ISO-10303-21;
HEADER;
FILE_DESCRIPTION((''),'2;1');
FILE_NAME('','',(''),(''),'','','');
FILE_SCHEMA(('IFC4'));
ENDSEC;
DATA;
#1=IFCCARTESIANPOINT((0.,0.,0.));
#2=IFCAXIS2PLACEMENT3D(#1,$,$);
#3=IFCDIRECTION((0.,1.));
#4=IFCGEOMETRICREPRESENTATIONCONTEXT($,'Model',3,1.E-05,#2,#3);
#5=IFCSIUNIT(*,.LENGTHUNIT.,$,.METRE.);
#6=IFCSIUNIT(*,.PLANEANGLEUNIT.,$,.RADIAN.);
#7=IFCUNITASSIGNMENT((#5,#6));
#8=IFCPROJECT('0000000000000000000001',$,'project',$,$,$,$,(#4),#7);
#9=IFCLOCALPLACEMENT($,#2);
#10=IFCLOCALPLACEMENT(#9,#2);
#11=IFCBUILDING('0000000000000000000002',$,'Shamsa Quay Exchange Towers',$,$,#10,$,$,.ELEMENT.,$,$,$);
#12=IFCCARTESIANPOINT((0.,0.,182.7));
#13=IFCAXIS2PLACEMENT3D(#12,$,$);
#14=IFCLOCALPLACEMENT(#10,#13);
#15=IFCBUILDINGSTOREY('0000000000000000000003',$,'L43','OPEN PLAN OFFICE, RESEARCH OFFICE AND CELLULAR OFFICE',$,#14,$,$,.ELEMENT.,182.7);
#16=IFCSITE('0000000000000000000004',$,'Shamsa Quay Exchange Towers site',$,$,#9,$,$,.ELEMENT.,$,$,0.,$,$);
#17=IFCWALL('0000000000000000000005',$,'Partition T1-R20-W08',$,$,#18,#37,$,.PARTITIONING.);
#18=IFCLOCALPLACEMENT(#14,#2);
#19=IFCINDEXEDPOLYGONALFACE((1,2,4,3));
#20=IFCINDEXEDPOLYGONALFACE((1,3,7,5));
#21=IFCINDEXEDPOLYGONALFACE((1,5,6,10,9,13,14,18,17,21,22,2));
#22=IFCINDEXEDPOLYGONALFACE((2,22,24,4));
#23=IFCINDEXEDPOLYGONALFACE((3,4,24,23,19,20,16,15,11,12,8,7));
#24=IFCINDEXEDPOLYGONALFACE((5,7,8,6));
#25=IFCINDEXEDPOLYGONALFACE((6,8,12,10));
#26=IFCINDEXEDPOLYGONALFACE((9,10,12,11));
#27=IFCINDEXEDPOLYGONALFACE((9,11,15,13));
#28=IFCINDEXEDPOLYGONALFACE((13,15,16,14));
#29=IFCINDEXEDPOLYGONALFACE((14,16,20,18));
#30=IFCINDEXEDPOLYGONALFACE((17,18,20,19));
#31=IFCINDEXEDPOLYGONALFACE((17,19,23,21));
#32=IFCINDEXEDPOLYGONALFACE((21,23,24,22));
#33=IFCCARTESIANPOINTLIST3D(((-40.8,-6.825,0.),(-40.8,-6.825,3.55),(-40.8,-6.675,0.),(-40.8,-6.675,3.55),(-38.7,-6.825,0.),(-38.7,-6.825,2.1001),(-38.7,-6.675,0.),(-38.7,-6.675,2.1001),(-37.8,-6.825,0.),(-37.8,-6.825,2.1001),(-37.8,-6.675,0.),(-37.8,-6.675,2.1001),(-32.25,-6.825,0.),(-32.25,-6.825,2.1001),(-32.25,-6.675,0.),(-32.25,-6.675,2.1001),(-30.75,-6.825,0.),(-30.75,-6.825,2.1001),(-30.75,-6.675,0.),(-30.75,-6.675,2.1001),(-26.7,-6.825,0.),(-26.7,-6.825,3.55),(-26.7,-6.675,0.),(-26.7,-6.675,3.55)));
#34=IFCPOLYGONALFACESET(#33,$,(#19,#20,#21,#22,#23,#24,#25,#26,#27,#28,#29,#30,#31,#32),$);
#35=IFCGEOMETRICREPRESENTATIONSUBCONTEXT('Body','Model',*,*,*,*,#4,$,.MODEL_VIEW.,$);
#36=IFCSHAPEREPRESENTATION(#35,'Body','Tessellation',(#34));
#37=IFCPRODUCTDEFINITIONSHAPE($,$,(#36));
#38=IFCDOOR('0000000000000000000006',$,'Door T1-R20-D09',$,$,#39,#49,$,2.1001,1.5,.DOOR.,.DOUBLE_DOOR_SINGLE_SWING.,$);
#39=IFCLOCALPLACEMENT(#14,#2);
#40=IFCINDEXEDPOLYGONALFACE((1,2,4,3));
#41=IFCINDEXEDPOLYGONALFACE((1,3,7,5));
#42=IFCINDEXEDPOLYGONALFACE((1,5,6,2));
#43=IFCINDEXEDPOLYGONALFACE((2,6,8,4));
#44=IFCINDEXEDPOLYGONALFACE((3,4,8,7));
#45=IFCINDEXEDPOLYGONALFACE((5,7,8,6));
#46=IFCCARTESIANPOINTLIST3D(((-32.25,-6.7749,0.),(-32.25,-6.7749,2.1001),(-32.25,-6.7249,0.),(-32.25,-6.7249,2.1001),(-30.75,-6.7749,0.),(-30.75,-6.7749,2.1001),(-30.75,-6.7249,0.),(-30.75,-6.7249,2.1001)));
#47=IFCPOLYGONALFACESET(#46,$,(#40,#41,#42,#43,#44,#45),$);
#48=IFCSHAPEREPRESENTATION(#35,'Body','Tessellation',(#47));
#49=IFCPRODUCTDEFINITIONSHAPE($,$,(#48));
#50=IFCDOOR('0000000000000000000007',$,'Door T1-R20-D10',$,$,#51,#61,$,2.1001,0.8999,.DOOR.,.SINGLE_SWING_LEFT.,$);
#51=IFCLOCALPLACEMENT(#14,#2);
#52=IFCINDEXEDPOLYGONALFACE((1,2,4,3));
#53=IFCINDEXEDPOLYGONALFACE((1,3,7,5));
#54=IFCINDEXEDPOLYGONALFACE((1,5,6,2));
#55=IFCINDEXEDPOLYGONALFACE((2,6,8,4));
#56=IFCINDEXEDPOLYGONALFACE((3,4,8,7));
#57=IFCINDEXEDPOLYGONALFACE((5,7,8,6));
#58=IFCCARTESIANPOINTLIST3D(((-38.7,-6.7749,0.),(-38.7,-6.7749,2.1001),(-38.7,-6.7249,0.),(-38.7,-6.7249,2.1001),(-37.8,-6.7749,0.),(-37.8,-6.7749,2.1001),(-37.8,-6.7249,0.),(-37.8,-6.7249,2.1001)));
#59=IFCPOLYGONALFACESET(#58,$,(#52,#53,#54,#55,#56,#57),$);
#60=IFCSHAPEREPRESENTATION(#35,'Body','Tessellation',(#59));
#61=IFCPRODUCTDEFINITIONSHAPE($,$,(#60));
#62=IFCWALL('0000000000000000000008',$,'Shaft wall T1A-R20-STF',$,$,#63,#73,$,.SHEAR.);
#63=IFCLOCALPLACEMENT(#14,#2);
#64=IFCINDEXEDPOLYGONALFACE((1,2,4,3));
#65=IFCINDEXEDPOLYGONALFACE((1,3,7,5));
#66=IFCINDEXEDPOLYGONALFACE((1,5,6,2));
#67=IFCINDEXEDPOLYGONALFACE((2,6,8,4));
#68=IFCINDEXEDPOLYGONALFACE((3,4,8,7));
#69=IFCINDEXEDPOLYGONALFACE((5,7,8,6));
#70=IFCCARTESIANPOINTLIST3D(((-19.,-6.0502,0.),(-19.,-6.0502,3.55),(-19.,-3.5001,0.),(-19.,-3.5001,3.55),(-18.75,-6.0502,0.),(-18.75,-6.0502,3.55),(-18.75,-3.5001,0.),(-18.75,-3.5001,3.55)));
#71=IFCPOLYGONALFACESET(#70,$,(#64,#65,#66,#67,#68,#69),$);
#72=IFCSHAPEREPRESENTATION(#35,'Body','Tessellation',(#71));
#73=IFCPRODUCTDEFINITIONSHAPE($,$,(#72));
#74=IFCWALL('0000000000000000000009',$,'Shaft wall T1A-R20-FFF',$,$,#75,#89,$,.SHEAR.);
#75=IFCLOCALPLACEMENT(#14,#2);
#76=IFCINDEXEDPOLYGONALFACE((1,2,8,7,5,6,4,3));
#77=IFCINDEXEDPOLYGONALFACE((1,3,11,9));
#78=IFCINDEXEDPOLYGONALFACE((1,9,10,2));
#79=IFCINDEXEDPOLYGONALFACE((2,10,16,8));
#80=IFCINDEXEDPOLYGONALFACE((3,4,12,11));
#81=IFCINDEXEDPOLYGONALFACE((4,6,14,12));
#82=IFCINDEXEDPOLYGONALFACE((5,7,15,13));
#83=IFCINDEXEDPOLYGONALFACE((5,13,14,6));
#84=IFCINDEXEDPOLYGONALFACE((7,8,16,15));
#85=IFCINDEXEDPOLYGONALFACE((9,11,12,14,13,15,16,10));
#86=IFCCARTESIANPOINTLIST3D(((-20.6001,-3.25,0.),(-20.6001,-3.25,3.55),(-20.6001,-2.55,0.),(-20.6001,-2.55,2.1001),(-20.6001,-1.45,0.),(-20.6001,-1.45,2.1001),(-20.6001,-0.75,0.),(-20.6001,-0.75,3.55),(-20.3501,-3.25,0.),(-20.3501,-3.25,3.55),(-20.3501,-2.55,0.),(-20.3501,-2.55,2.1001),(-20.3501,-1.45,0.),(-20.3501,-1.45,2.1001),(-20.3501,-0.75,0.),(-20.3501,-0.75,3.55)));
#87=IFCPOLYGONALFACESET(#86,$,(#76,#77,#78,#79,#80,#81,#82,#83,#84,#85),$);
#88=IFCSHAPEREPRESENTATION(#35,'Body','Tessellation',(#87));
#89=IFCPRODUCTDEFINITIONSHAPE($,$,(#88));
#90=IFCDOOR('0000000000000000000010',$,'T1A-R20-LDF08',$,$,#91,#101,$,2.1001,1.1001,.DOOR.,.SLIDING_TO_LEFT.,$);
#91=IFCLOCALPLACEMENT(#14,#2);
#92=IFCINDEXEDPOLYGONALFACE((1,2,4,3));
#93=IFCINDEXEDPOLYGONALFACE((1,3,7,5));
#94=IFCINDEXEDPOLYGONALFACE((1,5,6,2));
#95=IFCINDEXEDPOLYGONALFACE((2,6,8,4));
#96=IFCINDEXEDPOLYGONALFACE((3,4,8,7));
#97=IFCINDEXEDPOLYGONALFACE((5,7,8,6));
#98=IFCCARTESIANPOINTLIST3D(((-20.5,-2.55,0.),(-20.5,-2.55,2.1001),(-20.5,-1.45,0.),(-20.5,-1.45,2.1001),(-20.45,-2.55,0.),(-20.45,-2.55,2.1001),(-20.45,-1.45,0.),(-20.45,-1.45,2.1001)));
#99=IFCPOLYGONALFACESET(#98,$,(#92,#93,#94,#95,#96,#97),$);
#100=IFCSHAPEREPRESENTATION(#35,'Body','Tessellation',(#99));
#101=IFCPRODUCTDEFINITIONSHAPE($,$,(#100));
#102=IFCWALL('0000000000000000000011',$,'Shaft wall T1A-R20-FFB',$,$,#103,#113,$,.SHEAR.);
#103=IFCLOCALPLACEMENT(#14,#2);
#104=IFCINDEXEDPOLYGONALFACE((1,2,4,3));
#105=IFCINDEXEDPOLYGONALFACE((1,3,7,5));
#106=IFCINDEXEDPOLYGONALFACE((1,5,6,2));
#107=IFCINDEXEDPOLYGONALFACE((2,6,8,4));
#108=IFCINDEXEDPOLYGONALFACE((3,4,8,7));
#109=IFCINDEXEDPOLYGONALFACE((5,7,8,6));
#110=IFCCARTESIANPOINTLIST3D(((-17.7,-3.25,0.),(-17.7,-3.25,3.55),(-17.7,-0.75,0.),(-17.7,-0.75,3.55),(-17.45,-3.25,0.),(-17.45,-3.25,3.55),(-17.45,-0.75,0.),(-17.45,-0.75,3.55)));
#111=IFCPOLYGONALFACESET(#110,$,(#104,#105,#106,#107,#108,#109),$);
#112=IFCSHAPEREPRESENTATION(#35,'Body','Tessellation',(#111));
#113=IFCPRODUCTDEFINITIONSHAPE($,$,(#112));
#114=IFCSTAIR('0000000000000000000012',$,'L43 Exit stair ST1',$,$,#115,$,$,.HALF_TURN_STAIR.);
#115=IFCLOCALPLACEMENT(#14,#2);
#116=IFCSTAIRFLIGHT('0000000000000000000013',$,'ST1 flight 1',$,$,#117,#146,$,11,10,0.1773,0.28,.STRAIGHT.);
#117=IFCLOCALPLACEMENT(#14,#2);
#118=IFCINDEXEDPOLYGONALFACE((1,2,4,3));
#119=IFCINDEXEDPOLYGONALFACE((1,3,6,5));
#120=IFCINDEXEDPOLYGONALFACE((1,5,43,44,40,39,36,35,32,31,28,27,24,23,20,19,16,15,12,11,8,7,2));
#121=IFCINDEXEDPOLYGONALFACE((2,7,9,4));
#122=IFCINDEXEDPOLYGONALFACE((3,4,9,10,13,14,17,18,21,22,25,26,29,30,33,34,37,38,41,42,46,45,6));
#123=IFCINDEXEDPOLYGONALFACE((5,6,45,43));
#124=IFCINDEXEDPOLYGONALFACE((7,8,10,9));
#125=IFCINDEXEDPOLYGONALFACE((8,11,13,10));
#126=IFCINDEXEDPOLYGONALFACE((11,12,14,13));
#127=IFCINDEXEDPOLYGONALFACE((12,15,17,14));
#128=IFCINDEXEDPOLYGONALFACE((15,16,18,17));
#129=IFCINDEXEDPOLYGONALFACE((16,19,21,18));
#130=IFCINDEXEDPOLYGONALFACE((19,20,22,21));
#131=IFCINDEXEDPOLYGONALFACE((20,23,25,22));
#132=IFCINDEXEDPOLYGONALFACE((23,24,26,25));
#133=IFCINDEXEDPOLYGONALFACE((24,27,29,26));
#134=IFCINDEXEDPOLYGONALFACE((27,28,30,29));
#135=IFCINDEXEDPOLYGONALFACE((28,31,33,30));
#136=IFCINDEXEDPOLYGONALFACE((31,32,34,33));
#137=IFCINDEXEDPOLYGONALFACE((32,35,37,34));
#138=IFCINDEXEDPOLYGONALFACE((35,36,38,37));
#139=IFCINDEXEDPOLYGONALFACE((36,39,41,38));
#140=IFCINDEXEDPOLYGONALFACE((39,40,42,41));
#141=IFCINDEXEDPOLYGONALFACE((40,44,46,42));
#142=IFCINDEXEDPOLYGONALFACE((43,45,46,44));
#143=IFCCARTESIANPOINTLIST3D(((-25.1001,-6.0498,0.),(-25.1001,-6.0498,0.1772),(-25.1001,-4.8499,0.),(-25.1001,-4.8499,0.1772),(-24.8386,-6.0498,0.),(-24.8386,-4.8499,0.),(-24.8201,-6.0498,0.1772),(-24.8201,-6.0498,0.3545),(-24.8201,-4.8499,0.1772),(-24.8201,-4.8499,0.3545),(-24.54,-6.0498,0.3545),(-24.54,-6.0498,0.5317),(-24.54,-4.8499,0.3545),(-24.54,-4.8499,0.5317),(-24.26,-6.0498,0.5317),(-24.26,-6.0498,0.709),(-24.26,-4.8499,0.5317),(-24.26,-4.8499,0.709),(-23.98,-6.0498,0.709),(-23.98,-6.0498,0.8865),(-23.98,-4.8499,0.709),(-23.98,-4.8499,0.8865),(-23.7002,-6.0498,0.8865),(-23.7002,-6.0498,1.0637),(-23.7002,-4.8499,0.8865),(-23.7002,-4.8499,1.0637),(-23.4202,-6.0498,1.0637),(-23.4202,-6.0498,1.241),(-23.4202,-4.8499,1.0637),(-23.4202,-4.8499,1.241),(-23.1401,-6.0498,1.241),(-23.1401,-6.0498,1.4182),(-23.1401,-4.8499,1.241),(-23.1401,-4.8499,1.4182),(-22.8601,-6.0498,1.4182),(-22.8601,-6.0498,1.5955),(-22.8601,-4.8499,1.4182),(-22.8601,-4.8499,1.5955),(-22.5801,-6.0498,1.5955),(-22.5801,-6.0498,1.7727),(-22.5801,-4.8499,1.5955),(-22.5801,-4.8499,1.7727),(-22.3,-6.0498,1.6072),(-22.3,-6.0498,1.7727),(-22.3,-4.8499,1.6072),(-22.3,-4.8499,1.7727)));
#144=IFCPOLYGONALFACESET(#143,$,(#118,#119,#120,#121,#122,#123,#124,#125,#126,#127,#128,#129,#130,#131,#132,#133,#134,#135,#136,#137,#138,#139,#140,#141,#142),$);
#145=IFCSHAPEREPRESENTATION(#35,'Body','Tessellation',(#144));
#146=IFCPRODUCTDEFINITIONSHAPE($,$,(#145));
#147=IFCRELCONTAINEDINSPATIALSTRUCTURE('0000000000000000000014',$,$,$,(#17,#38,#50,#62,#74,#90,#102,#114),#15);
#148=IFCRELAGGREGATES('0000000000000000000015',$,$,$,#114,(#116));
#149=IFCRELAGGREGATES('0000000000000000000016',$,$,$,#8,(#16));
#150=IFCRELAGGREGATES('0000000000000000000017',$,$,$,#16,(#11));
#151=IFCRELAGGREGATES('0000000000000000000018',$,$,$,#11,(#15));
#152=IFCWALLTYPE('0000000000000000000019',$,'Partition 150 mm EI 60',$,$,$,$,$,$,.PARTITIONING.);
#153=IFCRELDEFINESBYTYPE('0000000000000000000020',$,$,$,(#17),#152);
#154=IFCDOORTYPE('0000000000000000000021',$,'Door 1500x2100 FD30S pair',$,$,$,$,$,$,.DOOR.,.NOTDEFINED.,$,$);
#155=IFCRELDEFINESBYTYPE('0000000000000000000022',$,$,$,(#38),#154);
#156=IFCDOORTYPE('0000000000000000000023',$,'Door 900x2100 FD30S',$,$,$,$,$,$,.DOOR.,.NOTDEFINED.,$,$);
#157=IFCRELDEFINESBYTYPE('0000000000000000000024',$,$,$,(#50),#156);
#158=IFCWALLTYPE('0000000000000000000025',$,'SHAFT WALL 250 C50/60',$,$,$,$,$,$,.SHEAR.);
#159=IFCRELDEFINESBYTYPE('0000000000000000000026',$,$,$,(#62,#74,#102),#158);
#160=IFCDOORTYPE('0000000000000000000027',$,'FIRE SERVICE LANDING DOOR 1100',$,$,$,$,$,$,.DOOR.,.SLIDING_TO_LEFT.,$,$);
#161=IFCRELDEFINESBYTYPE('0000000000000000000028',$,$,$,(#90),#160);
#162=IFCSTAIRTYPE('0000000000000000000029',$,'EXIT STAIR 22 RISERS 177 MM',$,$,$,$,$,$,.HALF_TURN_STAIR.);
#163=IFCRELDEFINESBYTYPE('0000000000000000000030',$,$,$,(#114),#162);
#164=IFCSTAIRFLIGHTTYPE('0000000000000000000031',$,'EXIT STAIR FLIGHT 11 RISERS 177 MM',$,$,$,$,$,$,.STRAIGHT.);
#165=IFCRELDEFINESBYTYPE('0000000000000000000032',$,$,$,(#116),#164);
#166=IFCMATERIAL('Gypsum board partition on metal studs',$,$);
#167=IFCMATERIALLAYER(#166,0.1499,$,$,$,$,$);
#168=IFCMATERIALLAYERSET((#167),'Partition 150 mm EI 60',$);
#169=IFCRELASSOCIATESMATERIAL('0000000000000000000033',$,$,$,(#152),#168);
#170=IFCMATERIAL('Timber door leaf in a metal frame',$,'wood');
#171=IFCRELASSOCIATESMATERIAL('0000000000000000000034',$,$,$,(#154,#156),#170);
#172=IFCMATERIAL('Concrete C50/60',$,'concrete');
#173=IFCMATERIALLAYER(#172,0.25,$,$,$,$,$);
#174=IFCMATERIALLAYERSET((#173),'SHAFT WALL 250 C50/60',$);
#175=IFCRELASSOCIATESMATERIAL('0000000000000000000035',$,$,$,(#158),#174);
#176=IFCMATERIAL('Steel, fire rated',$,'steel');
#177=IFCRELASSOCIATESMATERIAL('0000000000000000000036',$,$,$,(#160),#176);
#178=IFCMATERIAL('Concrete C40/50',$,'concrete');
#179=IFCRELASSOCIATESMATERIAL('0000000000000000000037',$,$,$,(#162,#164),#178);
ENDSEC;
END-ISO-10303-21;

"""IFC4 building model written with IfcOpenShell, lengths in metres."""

from ifc_helpers import new_model, si_unit, direction, frame, frame_2d, origin, place, context, subcontext, project, spatial, polyline, rectangle, outline, extrude, material, layer, layer_set, type_object, element, fill, aggregate, save


model = new_model("IFC4")

# Units and contexts
model_context = context("Model", 3, precision=1e-05, world=origin(), true_north=direction((0.0, 1.0)))
body_context = subcontext(model_context, "Body", "Model", "MODEL_VIEW")
ifc_project = project(units=[si_unit("LENGTHUNIT", "METRE"), si_unit("PLANEANGLEUNIT", "RADIAN")], contexts=[model_context])

# Site, building, storey
site_placement = place(None, origin())
site = spatial("IfcSite", under=ifc_project, at=site_placement, Name="Shamsa Quay Exchange Towers site", CompositionType="ELEMENT", RefElevation=0.0)
building_placement = place(site_placement, origin())
building = spatial("IfcBuilding", under=site, at=building_placement, Name="Shamsa Quay Exchange Towers", CompositionType="ELEMENT")
storey_placement = place(building_placement, frame((0.0, 0.0, 182.7)))
storey = spatial("IfcBuildingStorey", under=building, at=storey_placement, Name="L43", Description="OPEN PLAN OFFICE, RESEARCH OFFICE AND CELLULAR OFFICE", CompositionType="ELEMENT", Elevation=182.7)

# Wall, openings, doors
ifc_material_1 = material(Name="Gypsum board partition on metal studs")
ifc_layer_1 = layer(ifc_material_1, 0.1499)
ifc_layer_set_1 = layer_set([ifc_layer_1], Name="Partition 150 mm EI 60")
wall_type_1 = type_object("IfcWallType", Name="Partition 150 mm EI 60", PredefinedType="PARTITIONING", material=ifc_layer_set_1)
wall_1_placement = place(storey_placement, frame((-26.7, -6.75, 0.0), z_axis=(0.0, 0.0, 1.0), x_axis=(-1.0, 0.0, 0.0)))
wall_1 = element("IfcWall", 1, at=wall_1_placement, inside=storey, type_object=wall_type_1, Name="Partition T1-R20-W08", PredefinedType="PARTITIONING", context=body_context, shape_type="SweptSolid", body=[
    extrude(rectangle(XDim=14.1001, YDim=0.1499, at=frame_2d((7.05, 0.0))), origin(), (0.0, 0.0, 1.0), 3.55),
])
opening_1_placement = place(wall_1_placement, frame((4.05, 0.0, 0.0)))
opening_1 = element("IfcOpeningElement", 2, at=opening_1_placement, cuts=wall_1, PredefinedType="OPENING", context=body_context, shape_type="SweptSolid", body=[
    extrude(rectangle(XDim=1.5, YDim=2.1001, at=frame_2d((0.75, 1.05))), frame((0.0, 0.085, 0.0), z_axis=(0.0, -1.0, 0.0), x_axis=(1.0, 0.0, 0.0)), (0.0, 0.0, 1.0), 0.1699),
])
opening_2_placement = place(wall_1_placement, frame((11.1001, 0.0, 0.0)))
opening_2 = element("IfcOpeningElement", 3, at=opening_2_placement, cuts=wall_1, PredefinedType="OPENING", context=body_context, shape_type="SweptSolid", body=[
    extrude(rectangle(XDim=0.8999, YDim=2.1001, at=frame_2d((0.45, 1.05))), frame((0.0, 0.085, 0.0), z_axis=(0.0, -1.0, 0.0), x_axis=(1.0, 0.0, 0.0)), (0.0, 0.0, 1.0), 0.1699),
])
ifc_material_2 = material(Name="Timber door leaf in a metal frame", Category="wood")
door_type_1 = type_object("IfcDoorType", Name="Door 1500x2100 FD30S pair", OperationType="NOTDEFINED", PredefinedType="DOOR", material=ifc_material_2)
door_1_placement = place(opening_1_placement, origin())
door_1 = element("IfcDoor", 4, at=door_1_placement, inside=storey, type_object=door_type_1, Name="Door T1-R20-D09", OperationType="DOUBLE_DOOR_SINGLE_SWING", OverallHeight=2.1001, OverallWidth=1.5, PredefinedType="DOOR", context=body_context, shape_type="SweptSolid", body=[
    extrude(rectangle(XDim=1.5, YDim=2.1001, at=frame_2d((0.75, 1.05))), frame((0.0, 0.0249, 0.0), z_axis=(0.0, -1.0, 0.0), x_axis=(1.0, 0.0, 0.0)), (0.0, 0.0, 1.0), 0.05),
])
fill(opening_1, door_1)
door_type_2 = type_object("IfcDoorType", Name="Door 900x2100 FD30S", OperationType="NOTDEFINED", PredefinedType="DOOR", material=ifc_material_2)
door_2_placement = place(opening_2_placement, origin())
door_2 = element("IfcDoor", 5, at=door_2_placement, inside=storey, type_object=door_type_2, Name="Door T1-R20-D10", OperationType="SINGLE_SWING_LEFT", OverallHeight=2.1001, OverallWidth=0.8999, PredefinedType="DOOR", context=body_context, shape_type="SweptSolid", body=[
    extrude(rectangle(XDim=0.8999, YDim=2.1001, at=frame_2d((0.45, 1.05))), frame((0.0, 0.0249, 0.0), z_axis=(0.0, -1.0, 0.0), x_axis=(1.0, 0.0, 0.0)), (0.0, 0.0, 1.0), 0.05),
])
fill(opening_2, door_2)

# Wall
ifc_material_3 = material(Name="Concrete C50/60", Category="concrete")
ifc_layer_2 = layer(ifc_material_3, 0.25)
ifc_layer_set_2 = layer_set([ifc_layer_2], Name="SHAFT WALL 250 C50/60")
wall_type_2 = type_object("IfcWallType", Name="SHAFT WALL 250 C50/60", PredefinedType="SHEAR", material=ifc_layer_set_2)
wall_2_placement = place(storey_placement, frame((-18.875, -6.05, 0.0), z_axis=(0.0, 0.0, 1.0), x_axis=(0.0, 1.0, 0.0)))
element("IfcWall", 6, at=wall_2_placement, inside=storey, type_object=wall_type_2, Name="Shaft wall T1A-R20-STF", PredefinedType="SHEAR", context=body_context, shape_type="SweptSolid", body=[
    extrude(rectangle(XDim=2.55, YDim=0.25, at=frame_2d((1.2749, 0.0))), origin(), (0.0, 0.0, 1.0), 3.55),
])

# Wall, opening, door
wall_3_placement = place(storey_placement, frame((-20.4751, -3.25, 0.0), z_axis=(0.0, 0.0, 1.0), x_axis=(0.0, 1.0, 0.0)))
wall_3 = element("IfcWall", 7, at=wall_3_placement, inside=storey, type_object=wall_type_2, Name="Shaft wall T1A-R20-FFF", PredefinedType="SHEAR", context=body_context, shape_type="SweptSolid", body=[
    extrude(rectangle(XDim=2.5, YDim=0.25, at=frame_2d((1.25, 0.0))), origin(), (0.0, 0.0, 1.0), 3.55),
])
opening_3_placement = place(wall_3_placement, frame((0.7, 0.0, 0.0)))
opening_3 = element("IfcOpeningElement", 8, at=opening_3_placement, cuts=wall_3, PredefinedType="OPENING", context=body_context, shape_type="SweptSolid", body=[
    extrude(rectangle(XDim=1.1001, YDim=2.1001, at=frame_2d((0.55, 1.05))), frame((0.0, 0.135, 0.0), z_axis=(0.0, -1.0, 0.0), x_axis=(1.0, 0.0, 0.0)), (0.0, 0.0, 1.0), 0.27),
])
ifc_material_4 = material(Name="Steel, fire rated", Category="steel")
door_type_3 = type_object("IfcDoorType", Name="FIRE SERVICE LANDING DOOR 1100", OperationType="SLIDING_TO_LEFT", PredefinedType="DOOR", material=ifc_material_4)
door_3_placement = place(opening_3_placement, origin())
door_3 = element("IfcDoor", 9, at=door_3_placement, inside=storey, type_object=door_type_3, Name="T1A-R20-LDF08", OperationType="SLIDING_TO_LEFT", OverallHeight=2.1001, OverallWidth=1.1001, PredefinedType="DOOR", context=body_context, shape_type="SweptSolid", body=[
    extrude(rectangle(XDim=1.1001, YDim=2.1001, at=frame_2d((0.55, 1.05))), frame((0.0, 0.0249, 0.0), z_axis=(0.0, -1.0, 0.0), x_axis=(1.0, 0.0, 0.0)), (0.0, 0.0, 1.0), 0.05),
])
fill(opening_3, door_3)

# Wall
wall_4_placement = place(storey_placement, frame((-17.575, -3.25, 0.0), z_axis=(0.0, 0.0, 1.0), x_axis=(0.0, 1.0, 0.0)))
element("IfcWall", 10, at=wall_4_placement, inside=storey, type_object=wall_type_2, Name="Shaft wall T1A-R20-FFB", PredefinedType="SHEAR", context=body_context, shape_type="SweptSolid", body=[
    extrude(rectangle(XDim=2.5, YDim=0.25, at=frame_2d((1.25, 0.0))), origin(), (0.0, 0.0, 1.0), 3.55),
])

# Stair, stair flight
ifc_material_5 = material(Name="Concrete C40/50", Category="concrete")
stair_type = type_object("IfcStairType", Name="EXIT STAIR 22 RISERS 177 MM", PredefinedType="HALF_TURN_STAIR", material=ifc_material_5)
stair_placement = place(storey_placement, origin())
stair = element("IfcStair", 11, at=stair_placement, inside=storey, type_object=stair_type, Name="L43 Exit stair ST1", PredefinedType="HALF_TURN_STAIR")
stair_flight_type = type_object("IfcStairFlightType", Name="EXIT STAIR FLIGHT 11 RISERS 177 MM", PredefinedType="STRAIGHT", material=ifc_material_5)
stair_flight_1_placement = place(storey_placement, frame((-25.1001, -5.45, 0.0)))
stair_flight_1 = element("IfcStairFlight", 12, at=stair_flight_1_placement, type_object=stair_flight_type, Name="ST1 flight 1", NumberOfRisers=11, NumberOfTreads=10, PredefinedType="STRAIGHT", RiserHeight=0.1773, TreadLength=0.28, context=body_context, shape_type="SweptSolid", body=[
    extrude(outline(polyline([(0.0, 0.0), (0.0, 0.1772), (0.28, 0.1772), (0.28, 0.3545), (0.5601, 0.3545), (0.5601, 0.5317), (0.8401, 0.5317), (0.8401, 0.709), (1.1201, 0.709), (1.1201, 0.8865), (1.3999, 0.8865), (1.3999, 1.0637), (1.6799, 1.0637), (1.6799, 1.241), (1.96, 1.241), (1.96, 1.4182), (2.24, 1.4182), (2.24, 1.5955), (2.52, 1.5955), (2.52, 1.7727), (2.8, 1.7727), (2.8, 1.95), (2.8, 1.6072), (0.2615, 0.0), (0.0, 0.0)])), frame((0.0, 0.6001, 0.0), z_axis=(0.0, -1.0, 0.0), x_axis=(1.0, 0.0, 0.0)), (0.0, 0.0, 1.0), 1.2),
])
aggregate(stair, [stair_flight_1])

save(model, "model.ifc")
